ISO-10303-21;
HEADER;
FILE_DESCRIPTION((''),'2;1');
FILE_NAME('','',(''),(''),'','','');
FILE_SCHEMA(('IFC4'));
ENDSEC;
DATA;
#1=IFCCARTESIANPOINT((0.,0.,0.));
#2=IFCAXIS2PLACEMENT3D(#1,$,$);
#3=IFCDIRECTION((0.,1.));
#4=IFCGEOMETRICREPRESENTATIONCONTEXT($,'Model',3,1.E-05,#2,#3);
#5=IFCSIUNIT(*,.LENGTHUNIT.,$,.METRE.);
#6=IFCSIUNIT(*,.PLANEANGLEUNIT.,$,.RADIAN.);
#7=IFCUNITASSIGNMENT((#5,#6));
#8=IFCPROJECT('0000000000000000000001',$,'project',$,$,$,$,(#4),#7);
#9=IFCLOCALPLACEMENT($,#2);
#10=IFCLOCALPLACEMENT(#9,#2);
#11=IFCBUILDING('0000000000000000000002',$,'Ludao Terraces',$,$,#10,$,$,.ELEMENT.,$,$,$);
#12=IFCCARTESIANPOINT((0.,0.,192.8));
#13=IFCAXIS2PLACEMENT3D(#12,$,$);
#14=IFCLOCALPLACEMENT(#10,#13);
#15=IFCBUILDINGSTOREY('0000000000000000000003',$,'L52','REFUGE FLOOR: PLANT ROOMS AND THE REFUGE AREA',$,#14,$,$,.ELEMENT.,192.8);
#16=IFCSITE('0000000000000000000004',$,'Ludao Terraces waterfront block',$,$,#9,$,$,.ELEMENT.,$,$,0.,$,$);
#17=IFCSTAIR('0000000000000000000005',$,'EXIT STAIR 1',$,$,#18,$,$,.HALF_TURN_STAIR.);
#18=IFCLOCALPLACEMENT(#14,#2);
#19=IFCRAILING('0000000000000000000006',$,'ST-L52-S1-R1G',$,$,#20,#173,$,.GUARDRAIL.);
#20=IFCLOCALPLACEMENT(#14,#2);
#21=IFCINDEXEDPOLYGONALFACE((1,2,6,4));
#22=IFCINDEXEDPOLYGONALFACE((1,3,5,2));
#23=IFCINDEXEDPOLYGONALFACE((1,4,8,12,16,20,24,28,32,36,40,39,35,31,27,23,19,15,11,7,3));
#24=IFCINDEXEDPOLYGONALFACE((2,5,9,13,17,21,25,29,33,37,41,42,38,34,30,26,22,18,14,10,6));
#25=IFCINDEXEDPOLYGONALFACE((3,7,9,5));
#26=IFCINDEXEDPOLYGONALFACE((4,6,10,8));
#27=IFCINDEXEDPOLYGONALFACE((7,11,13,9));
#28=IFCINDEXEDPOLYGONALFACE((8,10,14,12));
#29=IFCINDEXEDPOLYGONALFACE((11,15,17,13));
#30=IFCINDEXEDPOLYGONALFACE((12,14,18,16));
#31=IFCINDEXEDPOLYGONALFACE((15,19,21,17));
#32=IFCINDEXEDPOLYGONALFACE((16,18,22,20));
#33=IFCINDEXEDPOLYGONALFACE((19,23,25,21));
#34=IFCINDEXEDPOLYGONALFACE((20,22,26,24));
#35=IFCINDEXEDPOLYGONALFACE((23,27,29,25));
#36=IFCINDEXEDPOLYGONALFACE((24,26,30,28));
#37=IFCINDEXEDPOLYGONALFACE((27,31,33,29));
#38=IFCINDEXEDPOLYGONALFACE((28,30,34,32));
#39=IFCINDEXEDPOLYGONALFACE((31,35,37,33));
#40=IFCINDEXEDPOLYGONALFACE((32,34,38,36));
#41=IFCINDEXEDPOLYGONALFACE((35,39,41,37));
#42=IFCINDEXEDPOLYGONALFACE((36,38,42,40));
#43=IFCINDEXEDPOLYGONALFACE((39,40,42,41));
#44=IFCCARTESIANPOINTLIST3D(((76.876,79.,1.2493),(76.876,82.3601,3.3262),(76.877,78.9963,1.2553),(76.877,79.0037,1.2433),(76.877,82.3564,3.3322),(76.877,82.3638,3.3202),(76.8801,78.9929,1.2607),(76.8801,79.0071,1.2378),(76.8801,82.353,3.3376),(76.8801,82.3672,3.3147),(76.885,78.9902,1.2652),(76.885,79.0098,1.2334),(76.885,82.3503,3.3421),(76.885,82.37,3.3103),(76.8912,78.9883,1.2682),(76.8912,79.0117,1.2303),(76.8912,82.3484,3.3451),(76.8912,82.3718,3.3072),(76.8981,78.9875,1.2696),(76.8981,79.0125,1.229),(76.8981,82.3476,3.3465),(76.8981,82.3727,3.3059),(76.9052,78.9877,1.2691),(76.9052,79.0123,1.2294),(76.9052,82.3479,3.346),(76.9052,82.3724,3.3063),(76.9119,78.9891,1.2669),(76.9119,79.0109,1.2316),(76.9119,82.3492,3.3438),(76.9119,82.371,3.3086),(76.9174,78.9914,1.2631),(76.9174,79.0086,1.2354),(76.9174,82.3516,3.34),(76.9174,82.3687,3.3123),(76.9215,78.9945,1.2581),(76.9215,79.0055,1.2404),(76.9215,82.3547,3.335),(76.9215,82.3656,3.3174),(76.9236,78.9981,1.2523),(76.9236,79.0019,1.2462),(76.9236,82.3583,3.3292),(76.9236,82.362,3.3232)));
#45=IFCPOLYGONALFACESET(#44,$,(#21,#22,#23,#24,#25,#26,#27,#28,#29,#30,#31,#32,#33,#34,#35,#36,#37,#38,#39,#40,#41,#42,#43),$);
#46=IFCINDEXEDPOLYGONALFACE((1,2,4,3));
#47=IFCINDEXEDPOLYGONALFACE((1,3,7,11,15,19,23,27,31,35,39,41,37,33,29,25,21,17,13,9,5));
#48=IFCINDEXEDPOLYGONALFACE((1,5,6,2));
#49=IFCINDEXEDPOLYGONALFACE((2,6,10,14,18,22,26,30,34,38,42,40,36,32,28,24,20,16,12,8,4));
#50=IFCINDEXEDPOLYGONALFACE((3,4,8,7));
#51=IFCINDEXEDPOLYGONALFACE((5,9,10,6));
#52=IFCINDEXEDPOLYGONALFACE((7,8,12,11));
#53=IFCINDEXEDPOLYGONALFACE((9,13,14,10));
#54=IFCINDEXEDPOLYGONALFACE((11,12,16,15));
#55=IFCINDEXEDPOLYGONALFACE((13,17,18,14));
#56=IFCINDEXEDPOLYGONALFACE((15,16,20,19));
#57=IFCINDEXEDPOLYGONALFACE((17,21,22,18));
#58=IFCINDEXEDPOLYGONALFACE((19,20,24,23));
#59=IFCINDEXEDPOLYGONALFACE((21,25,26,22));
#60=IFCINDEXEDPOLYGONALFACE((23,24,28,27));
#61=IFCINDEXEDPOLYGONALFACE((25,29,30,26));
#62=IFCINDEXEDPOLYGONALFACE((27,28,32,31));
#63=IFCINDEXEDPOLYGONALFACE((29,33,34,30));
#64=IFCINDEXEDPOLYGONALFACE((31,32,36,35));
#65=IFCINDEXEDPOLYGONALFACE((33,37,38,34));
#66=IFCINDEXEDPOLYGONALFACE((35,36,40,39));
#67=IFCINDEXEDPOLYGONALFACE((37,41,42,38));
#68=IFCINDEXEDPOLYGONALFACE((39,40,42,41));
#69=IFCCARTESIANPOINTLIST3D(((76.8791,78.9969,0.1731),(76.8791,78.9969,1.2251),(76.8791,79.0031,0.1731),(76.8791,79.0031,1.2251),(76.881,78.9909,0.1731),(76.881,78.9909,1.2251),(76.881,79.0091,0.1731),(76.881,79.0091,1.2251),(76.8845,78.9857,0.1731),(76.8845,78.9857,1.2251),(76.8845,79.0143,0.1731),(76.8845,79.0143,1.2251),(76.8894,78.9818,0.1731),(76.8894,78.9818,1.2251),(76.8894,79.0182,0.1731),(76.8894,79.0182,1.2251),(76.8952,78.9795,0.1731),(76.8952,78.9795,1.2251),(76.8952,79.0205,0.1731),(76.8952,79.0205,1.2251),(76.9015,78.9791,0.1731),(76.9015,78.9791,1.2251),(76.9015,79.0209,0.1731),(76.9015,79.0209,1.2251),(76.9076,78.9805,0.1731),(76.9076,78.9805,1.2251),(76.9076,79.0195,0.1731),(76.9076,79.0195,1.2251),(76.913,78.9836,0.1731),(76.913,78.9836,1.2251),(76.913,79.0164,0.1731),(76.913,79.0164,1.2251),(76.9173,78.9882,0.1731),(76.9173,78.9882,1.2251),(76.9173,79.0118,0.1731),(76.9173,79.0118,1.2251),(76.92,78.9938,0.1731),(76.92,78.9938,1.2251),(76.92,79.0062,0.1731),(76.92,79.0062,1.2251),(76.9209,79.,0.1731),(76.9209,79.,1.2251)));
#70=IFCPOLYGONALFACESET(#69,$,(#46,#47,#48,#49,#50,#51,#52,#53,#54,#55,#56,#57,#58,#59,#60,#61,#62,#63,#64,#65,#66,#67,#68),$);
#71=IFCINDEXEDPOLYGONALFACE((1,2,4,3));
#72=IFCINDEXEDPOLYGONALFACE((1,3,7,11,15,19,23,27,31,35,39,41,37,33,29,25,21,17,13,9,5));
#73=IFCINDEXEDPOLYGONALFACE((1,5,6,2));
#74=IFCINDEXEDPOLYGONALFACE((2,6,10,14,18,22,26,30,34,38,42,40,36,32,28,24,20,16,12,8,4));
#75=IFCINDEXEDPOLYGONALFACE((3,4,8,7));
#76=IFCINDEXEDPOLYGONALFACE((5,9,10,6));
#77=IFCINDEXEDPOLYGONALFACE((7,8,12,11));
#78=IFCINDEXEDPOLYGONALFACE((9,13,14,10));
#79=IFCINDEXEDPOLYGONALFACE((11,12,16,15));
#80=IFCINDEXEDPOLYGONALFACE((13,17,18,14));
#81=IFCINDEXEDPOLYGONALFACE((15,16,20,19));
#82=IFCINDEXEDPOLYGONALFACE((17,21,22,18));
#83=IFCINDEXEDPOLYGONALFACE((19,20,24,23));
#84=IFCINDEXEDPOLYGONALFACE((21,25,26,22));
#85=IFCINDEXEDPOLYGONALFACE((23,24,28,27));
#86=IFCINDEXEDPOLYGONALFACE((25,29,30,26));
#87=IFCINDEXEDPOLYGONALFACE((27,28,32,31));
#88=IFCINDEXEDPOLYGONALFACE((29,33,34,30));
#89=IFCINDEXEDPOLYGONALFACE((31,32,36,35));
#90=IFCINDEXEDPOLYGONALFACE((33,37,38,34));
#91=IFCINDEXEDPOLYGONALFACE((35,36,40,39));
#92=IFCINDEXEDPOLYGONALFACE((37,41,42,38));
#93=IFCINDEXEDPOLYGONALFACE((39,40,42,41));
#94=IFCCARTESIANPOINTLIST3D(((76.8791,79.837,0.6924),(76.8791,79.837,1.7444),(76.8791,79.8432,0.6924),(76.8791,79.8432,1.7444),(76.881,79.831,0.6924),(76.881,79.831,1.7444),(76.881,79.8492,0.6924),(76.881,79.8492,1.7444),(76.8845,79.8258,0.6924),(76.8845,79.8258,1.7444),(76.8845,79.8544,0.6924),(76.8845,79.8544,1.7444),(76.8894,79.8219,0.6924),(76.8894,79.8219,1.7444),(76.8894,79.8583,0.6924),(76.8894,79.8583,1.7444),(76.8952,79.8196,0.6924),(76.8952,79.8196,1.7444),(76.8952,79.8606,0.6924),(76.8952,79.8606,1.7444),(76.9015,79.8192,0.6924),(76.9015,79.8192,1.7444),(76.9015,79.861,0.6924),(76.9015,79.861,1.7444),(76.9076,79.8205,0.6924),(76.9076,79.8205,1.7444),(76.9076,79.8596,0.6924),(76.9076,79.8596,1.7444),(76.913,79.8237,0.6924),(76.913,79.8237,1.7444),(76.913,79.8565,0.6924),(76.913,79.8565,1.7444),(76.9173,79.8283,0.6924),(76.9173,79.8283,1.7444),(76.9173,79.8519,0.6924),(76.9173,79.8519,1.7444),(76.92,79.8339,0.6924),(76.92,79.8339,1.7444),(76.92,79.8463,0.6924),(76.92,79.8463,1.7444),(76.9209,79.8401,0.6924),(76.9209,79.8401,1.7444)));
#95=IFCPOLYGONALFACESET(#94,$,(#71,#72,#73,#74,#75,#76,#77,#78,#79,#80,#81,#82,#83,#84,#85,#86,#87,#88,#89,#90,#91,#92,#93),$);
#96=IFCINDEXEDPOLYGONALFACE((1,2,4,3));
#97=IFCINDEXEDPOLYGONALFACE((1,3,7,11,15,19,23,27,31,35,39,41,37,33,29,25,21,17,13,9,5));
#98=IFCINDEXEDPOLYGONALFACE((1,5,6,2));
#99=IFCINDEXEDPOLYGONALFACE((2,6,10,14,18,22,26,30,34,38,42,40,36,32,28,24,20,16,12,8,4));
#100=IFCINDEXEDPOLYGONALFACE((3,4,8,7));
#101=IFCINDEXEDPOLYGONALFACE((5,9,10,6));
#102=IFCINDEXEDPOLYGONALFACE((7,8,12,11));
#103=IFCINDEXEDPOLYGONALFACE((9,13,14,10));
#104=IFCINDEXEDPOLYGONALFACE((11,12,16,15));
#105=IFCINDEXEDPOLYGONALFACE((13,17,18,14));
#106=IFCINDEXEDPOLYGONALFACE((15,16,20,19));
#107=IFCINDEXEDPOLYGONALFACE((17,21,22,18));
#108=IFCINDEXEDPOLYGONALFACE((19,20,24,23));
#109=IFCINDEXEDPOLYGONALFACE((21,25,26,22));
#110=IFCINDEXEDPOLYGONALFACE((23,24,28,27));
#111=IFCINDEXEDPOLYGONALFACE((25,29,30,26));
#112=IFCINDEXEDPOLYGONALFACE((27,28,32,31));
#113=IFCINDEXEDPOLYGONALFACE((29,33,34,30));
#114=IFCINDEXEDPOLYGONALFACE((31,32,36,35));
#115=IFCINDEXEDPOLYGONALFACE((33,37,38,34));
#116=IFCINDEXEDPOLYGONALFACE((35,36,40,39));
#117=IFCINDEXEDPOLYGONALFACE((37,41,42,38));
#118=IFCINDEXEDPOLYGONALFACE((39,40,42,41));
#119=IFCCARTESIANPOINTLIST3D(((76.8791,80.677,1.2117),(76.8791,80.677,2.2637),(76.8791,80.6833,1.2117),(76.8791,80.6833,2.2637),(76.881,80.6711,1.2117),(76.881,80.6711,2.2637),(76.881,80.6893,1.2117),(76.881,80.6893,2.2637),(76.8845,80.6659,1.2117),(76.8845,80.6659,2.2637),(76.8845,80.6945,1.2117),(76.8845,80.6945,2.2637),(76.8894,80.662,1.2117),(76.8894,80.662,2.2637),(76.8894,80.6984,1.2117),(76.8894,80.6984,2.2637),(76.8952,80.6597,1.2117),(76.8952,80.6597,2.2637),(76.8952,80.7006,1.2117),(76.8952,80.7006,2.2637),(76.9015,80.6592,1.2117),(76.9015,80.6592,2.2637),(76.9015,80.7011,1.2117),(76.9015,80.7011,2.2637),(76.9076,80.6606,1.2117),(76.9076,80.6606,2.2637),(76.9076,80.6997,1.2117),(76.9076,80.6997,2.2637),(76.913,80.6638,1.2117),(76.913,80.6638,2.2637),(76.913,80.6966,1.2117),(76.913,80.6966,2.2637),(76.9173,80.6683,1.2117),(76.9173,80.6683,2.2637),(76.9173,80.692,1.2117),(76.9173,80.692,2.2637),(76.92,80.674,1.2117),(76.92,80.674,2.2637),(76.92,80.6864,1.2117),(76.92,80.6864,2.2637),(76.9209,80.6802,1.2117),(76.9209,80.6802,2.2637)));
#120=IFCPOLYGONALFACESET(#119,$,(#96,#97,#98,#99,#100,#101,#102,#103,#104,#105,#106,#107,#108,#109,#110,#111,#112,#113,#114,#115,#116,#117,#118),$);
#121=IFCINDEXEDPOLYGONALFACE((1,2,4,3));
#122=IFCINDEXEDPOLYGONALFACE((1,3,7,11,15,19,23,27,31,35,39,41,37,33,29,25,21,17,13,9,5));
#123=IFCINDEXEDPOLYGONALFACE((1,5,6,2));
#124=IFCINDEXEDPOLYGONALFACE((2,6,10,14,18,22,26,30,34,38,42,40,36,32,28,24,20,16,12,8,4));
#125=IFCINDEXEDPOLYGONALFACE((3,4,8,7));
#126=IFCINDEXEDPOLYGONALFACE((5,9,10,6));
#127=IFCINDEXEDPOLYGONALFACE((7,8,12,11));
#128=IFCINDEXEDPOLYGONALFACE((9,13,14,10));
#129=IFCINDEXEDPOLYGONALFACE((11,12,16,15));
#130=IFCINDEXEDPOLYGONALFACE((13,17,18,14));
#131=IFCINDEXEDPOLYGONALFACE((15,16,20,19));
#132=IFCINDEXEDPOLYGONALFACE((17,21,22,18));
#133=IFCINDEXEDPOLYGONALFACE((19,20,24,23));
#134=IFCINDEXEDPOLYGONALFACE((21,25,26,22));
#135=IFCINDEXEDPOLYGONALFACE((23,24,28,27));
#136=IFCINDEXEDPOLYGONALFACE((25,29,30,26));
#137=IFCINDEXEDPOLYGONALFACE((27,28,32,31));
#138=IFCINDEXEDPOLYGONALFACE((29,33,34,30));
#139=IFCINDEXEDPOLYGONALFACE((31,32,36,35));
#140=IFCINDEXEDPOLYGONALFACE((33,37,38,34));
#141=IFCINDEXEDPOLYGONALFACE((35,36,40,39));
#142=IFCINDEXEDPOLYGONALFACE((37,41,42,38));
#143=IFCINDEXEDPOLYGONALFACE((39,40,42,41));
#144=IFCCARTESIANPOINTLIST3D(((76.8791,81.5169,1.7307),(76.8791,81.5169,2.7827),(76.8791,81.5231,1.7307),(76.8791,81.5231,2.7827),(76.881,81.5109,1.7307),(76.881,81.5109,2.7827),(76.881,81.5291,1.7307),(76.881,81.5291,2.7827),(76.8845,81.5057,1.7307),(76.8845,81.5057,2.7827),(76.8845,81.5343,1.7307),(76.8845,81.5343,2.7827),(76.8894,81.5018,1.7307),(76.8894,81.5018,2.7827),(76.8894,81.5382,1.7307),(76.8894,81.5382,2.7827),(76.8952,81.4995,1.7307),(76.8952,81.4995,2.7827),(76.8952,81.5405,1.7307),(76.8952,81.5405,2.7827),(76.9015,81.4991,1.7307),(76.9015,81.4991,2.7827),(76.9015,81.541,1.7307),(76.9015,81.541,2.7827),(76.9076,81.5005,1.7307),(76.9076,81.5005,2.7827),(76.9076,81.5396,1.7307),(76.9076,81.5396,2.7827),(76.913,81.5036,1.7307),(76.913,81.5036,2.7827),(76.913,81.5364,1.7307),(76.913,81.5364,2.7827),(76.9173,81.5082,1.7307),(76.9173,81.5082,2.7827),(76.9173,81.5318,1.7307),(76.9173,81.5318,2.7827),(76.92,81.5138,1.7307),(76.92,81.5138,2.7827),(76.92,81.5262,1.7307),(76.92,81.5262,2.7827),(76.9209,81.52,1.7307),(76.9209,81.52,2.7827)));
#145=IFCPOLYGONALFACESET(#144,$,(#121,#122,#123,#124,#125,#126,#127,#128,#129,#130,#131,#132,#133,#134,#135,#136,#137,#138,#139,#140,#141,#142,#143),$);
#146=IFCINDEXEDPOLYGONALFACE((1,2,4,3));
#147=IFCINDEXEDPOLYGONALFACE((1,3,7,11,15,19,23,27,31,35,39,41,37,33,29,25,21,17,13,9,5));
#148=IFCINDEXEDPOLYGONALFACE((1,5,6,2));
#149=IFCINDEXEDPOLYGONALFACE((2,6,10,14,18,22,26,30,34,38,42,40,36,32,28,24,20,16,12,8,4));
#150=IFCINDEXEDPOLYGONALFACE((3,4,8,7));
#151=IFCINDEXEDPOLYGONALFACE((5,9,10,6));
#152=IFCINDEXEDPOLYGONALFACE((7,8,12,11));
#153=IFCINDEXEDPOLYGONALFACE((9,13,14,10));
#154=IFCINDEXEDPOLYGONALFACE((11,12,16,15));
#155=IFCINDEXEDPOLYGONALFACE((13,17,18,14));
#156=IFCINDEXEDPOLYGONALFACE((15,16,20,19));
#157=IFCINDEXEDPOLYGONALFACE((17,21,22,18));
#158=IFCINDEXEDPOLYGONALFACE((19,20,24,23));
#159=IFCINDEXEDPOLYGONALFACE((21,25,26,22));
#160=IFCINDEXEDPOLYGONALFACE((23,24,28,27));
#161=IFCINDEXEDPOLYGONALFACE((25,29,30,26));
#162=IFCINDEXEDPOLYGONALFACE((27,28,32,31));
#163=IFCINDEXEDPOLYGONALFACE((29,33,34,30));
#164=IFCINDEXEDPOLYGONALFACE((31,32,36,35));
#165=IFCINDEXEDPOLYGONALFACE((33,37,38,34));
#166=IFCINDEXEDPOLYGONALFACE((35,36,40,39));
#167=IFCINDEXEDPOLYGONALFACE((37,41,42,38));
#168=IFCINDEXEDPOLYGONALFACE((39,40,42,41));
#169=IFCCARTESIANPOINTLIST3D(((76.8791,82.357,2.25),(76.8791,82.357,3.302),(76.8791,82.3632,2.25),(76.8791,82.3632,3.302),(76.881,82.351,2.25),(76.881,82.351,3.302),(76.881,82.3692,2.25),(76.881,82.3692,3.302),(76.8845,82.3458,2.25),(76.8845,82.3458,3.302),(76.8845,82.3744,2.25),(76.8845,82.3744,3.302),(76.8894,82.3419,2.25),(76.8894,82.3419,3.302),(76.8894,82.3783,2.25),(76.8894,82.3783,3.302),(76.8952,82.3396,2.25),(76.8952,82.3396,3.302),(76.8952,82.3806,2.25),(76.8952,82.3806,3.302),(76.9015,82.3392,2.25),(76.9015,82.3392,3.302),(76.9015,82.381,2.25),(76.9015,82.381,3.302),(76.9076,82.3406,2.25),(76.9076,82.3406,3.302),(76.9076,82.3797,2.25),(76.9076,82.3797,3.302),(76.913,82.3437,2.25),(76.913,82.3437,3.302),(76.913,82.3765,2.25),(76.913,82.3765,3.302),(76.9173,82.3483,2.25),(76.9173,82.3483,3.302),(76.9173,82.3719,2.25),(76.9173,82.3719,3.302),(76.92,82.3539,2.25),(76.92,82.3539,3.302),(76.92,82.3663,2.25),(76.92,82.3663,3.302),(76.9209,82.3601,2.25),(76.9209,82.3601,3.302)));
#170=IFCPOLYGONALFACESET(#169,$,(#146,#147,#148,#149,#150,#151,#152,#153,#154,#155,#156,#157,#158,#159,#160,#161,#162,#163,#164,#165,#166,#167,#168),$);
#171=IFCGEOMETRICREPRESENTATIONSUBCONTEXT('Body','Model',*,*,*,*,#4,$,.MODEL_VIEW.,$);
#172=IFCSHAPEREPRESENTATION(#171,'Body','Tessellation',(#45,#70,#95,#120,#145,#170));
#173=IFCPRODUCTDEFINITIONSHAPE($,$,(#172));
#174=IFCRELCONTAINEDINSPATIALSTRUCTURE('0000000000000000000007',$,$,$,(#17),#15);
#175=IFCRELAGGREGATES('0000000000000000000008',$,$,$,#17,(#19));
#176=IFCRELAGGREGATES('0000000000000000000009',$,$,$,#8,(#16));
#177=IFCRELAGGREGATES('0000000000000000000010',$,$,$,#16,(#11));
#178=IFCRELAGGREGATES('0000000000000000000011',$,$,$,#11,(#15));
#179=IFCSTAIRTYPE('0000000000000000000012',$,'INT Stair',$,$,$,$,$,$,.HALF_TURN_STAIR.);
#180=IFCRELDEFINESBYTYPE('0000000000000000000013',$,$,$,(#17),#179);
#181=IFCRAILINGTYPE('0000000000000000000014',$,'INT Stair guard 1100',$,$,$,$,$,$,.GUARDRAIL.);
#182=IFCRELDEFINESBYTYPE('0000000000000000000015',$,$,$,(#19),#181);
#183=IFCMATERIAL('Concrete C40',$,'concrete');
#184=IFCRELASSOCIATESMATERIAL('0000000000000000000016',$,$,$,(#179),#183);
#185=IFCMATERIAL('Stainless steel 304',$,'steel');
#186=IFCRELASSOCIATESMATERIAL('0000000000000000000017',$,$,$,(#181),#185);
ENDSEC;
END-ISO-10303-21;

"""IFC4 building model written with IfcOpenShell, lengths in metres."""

from ifc_helpers import new_model, si_unit, direction, frame, origin, origin_2d, place, context, subcontext, project, spatial, circle, extrude, material, type_object, element, aggregate, save


model = new_model("IFC4")

# Units and contexts
model_context = context("Model", 3, precision=1e-05, world=origin(), true_north=direction((0.0, 1.0)))
body_context = subcontext(model_context, "Body", "Model", "MODEL_VIEW")
ifc_project = project(units=[si_unit("LENGTHUNIT", "METRE"), si_unit("PLANEANGLEUNIT", "RADIAN")], contexts=[model_context])

# Site, building, storey
site_placement = place(None, origin())
site = spatial("IfcSite", under=ifc_project, at=site_placement, Name="Ludao Terraces waterfront block", CompositionType="ELEMENT", RefElevation=0.0)
building_placement = place(site_placement, origin())
building = spatial("IfcBuilding", under=site, at=building_placement, Name="Ludao Terraces", CompositionType="ELEMENT")
storey_placement = place(building_placement, frame((0.0, 0.0, 192.8)))
storey = spatial("IfcBuildingStorey", under=building, at=storey_placement, Name="L52", Description="REFUGE FLOOR: PLANT ROOMS AND THE REFUGE AREA", CompositionType="ELEMENT", Elevation=192.8)

# Shared definitions
ifc_material_1 = material(Name="Stainless steel 304", Category="steel")

# Stair, railing
ifc_material_2 = material(Name="Concrete C40", Category="concrete")
stair_type = type_object("IfcStairType", Name="INT Stair", PredefinedType="HALF_TURN_STAIR", material=ifc_material_2)
stair_placement = place(storey_placement, origin())
stair = element("IfcStair", 1, at=stair_placement, inside=storey, type_object=stair_type, Name="EXIT STAIR 1", PredefinedType="HALF_TURN_STAIR")
railing_type_1 = type_object("IfcRailingType", Name="INT Stair guard 1100", PredefinedType="GUARDRAIL", material=ifc_material_1)
railing_1_placement = place(storey_placement, frame((76.8999, 79.0, 0.1731)))
railing_1 = element("IfcRailing", 2, at=railing_1_placement, type_object=railing_type_1, Name="ST-L52-S1-R1G", PredefinedType="GUARDRAIL", context=body_context, shape_type="SweptSolid", body=[
    extrude(circle(Radius=0.0239, at=origin_2d()), frame((0.0, 0.0, 1.0762), z_axis=(0.0, 0.850623, 0.525776), x_axis=(-1.0, 0.0, 0.0)), (0.0, 0.0, 1.0), 3.9502),
    extrude(circle(Radius=0.021, at=origin_2d()), origin(), (0.0, 0.0, 1.0), 1.052),
    extrude(circle(Radius=0.021, at=origin_2d()), frame((0.0, 0.8401, 0.5193)), (0.0, 0.0, 1.0), 1.052),
    extrude(circle(Radius=0.021, at=origin_2d()), frame((0.0, 1.6802, 1.0386)), (0.0, 0.0, 1.0), 1.052),
    extrude(circle(Radius=0.021, at=origin_2d()), frame((0.0, 2.52, 1.5576)), (0.0, 0.0, 1.0), 1.052),
    extrude(circle(Radius=0.021, at=origin_2d()), frame((0.0, 3.3601, 2.0769)), (0.0, 0.0, 1.0), 1.052),
])
aggregate(stair, [railing_1])

save(model, "model.ifc")
